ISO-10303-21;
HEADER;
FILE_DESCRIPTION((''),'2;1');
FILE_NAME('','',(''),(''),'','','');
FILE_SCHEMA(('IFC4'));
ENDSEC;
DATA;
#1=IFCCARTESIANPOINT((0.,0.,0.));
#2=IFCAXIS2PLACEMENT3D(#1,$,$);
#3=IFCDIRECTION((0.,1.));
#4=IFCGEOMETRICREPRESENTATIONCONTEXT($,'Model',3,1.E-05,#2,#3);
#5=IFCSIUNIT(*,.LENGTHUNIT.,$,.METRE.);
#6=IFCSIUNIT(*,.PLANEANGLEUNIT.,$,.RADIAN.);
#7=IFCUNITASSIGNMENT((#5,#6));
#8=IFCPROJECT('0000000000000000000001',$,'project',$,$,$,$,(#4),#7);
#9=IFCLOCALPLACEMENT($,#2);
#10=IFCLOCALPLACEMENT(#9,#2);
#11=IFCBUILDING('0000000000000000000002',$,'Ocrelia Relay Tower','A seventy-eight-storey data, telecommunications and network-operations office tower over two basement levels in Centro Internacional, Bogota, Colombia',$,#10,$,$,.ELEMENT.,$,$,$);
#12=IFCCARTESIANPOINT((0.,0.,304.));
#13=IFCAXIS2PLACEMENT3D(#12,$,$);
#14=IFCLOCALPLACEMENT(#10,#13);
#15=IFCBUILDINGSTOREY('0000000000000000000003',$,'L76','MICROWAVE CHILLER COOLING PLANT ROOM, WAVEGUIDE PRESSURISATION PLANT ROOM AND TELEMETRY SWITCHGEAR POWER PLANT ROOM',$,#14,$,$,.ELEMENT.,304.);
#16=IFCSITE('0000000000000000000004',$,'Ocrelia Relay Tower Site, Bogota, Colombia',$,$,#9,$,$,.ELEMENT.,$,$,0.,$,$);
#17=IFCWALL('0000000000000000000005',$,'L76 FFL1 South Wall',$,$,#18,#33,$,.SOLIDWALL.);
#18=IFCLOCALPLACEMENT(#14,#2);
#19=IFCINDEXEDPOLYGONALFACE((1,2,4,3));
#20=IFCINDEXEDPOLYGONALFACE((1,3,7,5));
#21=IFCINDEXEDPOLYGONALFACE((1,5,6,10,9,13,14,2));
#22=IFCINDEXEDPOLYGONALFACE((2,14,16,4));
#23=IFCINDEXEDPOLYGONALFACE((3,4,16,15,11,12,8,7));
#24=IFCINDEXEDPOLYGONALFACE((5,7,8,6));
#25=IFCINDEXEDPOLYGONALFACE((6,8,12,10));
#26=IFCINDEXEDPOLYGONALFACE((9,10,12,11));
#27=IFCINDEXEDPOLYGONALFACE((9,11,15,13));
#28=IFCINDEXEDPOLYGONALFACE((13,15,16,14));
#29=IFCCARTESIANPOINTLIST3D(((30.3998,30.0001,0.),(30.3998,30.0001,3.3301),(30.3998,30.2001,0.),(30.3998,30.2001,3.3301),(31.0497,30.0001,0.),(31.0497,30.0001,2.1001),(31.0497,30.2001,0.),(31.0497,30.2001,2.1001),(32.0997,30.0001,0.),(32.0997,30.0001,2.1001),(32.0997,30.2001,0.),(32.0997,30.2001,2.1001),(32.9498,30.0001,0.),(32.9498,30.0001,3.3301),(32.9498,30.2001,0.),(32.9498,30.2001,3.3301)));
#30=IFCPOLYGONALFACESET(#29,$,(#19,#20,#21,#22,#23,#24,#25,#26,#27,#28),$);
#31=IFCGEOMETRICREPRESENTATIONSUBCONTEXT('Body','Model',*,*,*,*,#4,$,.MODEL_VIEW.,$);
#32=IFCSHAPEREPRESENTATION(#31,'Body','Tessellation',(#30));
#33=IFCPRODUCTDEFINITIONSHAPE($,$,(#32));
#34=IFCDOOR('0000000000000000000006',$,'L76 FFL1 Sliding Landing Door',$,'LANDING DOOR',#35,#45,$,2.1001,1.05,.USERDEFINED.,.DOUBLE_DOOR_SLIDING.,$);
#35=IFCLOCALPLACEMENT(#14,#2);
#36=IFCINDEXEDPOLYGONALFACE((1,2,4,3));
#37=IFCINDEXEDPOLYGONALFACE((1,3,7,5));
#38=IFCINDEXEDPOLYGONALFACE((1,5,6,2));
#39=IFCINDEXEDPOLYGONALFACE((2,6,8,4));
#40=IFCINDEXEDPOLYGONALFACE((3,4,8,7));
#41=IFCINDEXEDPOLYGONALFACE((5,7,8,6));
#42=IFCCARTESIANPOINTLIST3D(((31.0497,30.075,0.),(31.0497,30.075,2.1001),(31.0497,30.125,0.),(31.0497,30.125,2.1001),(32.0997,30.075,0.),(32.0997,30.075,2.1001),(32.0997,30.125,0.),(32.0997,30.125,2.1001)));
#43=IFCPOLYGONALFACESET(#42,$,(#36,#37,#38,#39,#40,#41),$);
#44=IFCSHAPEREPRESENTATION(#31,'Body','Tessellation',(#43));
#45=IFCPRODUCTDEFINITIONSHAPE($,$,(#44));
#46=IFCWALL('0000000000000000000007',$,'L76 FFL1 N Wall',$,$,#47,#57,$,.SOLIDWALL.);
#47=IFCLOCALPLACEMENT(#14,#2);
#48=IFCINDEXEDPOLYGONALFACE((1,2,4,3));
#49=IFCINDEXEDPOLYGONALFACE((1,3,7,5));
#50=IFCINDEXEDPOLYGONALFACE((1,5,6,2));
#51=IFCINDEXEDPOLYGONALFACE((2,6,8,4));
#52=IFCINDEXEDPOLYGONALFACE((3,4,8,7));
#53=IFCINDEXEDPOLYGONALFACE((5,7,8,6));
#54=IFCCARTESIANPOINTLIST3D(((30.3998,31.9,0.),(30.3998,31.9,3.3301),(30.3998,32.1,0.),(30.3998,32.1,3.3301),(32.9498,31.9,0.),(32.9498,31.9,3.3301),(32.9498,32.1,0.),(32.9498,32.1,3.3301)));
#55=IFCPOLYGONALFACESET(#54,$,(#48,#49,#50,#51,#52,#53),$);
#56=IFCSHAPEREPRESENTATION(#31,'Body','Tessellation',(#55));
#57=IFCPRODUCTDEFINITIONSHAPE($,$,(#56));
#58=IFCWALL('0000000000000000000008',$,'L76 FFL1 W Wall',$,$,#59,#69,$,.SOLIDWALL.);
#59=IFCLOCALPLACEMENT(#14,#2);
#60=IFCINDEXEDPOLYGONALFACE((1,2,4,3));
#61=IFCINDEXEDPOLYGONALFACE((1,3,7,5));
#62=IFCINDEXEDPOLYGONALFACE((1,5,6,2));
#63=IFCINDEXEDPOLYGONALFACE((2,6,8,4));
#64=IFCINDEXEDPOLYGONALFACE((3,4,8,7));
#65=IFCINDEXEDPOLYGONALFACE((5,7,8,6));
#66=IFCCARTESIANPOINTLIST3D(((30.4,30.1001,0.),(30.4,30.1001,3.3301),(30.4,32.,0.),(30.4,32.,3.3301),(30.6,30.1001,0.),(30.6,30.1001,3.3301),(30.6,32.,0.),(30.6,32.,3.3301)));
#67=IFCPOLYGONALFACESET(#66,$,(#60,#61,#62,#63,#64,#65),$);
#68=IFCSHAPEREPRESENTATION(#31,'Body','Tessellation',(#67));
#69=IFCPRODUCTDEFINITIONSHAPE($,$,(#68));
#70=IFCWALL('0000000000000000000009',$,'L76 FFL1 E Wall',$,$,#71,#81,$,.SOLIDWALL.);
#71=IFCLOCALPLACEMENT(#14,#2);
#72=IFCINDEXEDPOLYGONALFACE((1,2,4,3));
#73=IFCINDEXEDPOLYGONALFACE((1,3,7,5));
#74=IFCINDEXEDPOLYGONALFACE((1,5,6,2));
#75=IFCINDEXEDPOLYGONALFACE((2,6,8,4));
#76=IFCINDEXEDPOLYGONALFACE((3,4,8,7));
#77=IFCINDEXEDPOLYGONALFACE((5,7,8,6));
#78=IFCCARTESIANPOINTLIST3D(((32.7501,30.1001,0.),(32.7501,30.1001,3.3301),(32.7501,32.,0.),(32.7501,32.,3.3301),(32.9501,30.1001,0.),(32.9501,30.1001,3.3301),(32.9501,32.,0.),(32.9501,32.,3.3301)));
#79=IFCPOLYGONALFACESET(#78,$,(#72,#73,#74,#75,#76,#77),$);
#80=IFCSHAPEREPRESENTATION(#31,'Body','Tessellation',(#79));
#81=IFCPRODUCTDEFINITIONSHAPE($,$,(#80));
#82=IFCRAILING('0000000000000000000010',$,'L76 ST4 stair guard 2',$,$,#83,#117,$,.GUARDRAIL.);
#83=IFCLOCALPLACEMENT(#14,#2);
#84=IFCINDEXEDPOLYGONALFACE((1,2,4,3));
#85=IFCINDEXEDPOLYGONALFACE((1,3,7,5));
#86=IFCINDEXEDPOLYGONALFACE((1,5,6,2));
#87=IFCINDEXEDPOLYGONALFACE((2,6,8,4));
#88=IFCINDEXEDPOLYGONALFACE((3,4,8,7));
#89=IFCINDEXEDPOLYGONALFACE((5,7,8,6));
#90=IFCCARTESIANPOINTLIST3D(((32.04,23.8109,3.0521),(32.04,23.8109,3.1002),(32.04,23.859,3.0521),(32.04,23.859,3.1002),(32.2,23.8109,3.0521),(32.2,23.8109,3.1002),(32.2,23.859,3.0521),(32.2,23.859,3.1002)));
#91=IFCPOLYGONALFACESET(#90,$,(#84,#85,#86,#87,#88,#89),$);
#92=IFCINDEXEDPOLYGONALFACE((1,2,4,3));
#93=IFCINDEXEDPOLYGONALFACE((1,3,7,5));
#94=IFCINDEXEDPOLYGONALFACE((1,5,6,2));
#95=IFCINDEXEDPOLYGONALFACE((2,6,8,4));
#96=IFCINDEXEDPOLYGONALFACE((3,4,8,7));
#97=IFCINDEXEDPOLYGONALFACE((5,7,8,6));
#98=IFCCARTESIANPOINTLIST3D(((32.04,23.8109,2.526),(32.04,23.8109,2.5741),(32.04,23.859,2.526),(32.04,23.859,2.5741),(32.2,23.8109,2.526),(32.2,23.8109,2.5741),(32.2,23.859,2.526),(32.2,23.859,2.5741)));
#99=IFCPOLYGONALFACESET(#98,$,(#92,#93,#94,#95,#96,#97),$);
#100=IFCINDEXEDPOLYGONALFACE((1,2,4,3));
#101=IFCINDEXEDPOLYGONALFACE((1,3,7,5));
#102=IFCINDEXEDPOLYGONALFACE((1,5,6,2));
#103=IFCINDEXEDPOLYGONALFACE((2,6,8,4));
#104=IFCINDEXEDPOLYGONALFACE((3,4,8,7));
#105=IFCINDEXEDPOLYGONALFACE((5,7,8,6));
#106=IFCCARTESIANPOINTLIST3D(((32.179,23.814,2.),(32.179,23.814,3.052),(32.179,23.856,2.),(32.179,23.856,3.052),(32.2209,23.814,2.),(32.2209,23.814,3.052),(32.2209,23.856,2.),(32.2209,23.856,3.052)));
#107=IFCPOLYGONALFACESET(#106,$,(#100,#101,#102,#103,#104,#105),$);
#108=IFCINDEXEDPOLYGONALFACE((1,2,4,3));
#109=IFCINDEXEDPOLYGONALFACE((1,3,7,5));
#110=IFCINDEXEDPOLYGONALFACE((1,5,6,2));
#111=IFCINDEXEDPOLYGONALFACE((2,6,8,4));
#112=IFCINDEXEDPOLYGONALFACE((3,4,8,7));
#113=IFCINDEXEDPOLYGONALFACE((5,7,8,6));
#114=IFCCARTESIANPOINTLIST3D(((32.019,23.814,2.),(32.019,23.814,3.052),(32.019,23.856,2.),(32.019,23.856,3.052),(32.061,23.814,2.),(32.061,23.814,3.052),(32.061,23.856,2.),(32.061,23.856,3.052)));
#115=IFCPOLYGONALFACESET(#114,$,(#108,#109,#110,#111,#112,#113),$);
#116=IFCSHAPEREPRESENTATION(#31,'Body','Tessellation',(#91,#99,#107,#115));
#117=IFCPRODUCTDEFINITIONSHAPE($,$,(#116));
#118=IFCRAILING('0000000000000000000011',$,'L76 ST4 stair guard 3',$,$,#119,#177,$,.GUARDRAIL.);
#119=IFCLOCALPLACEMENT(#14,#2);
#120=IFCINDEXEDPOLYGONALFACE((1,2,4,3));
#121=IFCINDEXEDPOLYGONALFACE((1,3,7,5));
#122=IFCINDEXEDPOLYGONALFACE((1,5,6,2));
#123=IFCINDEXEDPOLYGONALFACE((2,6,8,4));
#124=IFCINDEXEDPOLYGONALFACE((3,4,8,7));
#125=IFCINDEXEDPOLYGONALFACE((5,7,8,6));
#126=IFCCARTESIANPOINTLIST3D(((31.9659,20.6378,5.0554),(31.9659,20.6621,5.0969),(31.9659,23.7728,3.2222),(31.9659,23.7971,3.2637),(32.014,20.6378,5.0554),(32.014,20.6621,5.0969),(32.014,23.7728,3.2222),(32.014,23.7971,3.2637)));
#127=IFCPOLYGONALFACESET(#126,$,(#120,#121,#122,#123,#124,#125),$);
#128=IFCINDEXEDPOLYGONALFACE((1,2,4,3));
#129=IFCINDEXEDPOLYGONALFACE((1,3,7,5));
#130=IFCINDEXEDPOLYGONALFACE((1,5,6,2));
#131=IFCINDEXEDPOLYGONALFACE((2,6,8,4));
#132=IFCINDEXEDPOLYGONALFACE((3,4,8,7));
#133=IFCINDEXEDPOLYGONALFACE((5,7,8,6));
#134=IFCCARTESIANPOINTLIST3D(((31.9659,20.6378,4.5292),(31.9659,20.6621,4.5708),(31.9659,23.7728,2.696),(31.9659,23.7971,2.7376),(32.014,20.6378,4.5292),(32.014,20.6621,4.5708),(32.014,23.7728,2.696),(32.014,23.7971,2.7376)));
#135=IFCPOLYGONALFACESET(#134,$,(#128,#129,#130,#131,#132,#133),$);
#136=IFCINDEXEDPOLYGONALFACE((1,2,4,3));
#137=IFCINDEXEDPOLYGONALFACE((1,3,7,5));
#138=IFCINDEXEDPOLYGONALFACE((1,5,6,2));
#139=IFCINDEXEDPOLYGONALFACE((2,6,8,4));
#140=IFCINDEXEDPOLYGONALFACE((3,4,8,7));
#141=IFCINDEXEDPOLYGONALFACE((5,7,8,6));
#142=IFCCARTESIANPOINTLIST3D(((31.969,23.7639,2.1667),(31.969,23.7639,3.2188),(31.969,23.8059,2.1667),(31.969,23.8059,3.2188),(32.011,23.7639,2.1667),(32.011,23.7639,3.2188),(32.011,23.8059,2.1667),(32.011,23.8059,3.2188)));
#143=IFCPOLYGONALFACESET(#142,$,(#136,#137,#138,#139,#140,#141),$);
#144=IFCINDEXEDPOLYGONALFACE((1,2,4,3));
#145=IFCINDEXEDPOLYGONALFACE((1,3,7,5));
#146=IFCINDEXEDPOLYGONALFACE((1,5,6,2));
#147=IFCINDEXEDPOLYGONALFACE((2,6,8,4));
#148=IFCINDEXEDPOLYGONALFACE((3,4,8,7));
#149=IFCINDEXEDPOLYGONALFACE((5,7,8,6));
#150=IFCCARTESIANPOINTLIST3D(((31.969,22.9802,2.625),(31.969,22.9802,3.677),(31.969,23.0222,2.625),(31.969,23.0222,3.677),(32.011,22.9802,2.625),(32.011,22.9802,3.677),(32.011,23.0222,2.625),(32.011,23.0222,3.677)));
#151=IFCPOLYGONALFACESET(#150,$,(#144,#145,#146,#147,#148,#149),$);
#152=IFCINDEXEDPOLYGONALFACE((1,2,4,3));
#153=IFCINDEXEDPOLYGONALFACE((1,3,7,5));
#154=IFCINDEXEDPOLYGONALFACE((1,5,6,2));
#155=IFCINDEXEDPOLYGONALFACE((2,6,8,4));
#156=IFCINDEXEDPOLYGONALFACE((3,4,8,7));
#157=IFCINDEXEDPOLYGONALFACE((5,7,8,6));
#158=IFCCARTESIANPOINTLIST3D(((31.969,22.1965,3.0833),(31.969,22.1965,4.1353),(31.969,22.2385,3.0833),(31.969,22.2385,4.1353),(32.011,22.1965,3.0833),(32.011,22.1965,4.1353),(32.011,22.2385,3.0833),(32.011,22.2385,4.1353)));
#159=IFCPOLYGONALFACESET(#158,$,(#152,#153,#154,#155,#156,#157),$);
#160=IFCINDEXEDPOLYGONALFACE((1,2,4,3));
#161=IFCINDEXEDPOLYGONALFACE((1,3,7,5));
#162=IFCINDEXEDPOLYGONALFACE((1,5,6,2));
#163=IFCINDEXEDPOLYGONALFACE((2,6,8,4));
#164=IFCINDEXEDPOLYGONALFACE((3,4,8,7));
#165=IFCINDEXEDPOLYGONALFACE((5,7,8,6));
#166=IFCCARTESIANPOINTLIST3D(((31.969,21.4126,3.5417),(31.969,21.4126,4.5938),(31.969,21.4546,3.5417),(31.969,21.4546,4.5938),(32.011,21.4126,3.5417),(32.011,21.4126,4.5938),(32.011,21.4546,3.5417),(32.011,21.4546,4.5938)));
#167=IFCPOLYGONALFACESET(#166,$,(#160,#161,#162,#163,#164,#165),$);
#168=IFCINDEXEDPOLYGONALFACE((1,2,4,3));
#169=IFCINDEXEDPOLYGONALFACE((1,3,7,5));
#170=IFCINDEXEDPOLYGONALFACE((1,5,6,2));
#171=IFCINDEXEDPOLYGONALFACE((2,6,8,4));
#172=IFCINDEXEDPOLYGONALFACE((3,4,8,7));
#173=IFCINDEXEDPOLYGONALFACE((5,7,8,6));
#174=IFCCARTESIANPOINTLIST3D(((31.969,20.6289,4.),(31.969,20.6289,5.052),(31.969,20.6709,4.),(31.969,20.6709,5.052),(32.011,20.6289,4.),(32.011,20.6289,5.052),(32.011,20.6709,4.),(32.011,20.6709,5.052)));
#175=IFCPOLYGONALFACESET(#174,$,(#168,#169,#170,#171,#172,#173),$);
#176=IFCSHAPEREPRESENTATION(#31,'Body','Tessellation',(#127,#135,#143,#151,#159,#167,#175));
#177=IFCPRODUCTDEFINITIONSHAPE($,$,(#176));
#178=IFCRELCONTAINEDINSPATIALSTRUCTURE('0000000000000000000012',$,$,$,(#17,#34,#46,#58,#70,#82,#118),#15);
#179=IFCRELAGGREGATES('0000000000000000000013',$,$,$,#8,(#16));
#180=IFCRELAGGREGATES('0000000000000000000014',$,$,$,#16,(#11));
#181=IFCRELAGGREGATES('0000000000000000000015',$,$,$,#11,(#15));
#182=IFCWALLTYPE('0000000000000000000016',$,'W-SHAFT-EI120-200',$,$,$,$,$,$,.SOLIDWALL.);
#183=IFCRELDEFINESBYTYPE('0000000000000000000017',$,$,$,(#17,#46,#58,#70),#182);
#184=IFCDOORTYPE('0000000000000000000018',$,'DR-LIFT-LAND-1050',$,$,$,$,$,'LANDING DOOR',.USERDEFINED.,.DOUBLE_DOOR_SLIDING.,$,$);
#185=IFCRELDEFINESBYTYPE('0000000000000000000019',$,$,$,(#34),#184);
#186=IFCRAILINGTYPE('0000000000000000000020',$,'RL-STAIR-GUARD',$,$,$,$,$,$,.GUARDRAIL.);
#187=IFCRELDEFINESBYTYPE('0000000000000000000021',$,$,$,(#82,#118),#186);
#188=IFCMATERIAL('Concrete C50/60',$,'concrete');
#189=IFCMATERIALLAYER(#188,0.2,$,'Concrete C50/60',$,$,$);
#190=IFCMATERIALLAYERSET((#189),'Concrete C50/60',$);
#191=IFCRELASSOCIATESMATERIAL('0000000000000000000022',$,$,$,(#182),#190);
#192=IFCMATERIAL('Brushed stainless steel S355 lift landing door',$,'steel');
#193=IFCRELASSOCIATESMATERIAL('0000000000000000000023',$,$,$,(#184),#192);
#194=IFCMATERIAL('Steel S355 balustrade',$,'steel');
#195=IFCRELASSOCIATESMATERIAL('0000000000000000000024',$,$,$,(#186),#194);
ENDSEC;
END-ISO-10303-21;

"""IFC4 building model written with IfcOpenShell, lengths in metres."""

from ifc_helpers import new_model, si_unit, direction, frame, frame_2d, origin, origin_2d, place, context, subcontext, project, spatial, rectangle, extrude, material, layer, layer_set, type_object, element, fill, save


model = new_model("IFC4")

# Units and contexts
model_context = context("Model", 3, precision=1e-05, world=origin(), true_north=direction((0.0, 1.0)))
body_context = subcontext(model_context, "Body", "Model", "MODEL_VIEW")
ifc_project = project(units=[si_unit("LENGTHUNIT", "METRE"), si_unit("PLANEANGLEUNIT", "RADIAN")], contexts=[model_context])

# Site, building, storey
site_placement = place(None, origin())
site = spatial("IfcSite", under=ifc_project, at=site_placement, Name="Ocrelia Relay Tower Site, Bogota, Colombia", CompositionType="ELEMENT", RefElevation=0.0)
building_placement = place(site_placement, origin())
building = spatial("IfcBuilding", under=site, at=building_placement, Name="Ocrelia Relay Tower", Description="A seventy-eight-storey data, telecommunications and network-operations office tower over two basement levels in Centro Internacional, Bogota, Colombia", CompositionType="ELEMENT")
storey_placement = place(building_placement, frame((0.0, 0.0, 304.0)))
storey = spatial("IfcBuildingStorey", under=building, at=storey_placement, Name="L76", Description="MICROWAVE CHILLER COOLING PLANT ROOM, WAVEGUIDE PRESSURISATION PLANT ROOM AND TELEMETRY SWITCHGEAR POWER PLANT ROOM", CompositionType="ELEMENT", Elevation=304.0)

# Shared definitions
ifc_material_1 = material(Name="Concrete C50/60", Category="concrete")

# Wall, opening, door
ifc_layer_1 = layer(ifc_material_1, 0.2, Name="Concrete C50/60")
ifc_layer_set_1 = layer_set([ifc_layer_1], Name="Concrete C50/60")
wall_type_1 = type_object("IfcWallType", Name="W-SHAFT-EI120-200", PredefinedType="SOLIDWALL", material=ifc_layer_set_1)
wall_1_placement = place(storey_placement, frame((30.3999, 30.1001, 0.0), z_axis=(0.0, 0.0, 1.0), x_axis=(1.0, 0.0, 0.0)))
wall_1 = element("IfcWall", 1, at=wall_1_placement, inside=storey, type_object=wall_type_1, Name="L76 FFL1 South Wall", PredefinedType="SOLIDWALL", context=body_context, shape_type="SweptSolid", body=[
    extrude(rectangle(XDim=2.55, YDim=0.2, at=frame_2d((1.2749, 0.0))), origin(), (0.0, 0.0, 1.0), 3.3301),
])
opening_placement = place(wall_1_placement, frame((0.6499, 0.0, 0.0)))
opening = element("IfcOpeningElement", 2, at=opening_placement, cuts=wall_1, PredefinedType="OPENING", context=body_context, shape_type="SweptSolid", body=[
    extrude(rectangle(XDim=1.05, YDim=2.1001, at=frame_2d((0.5249, 1.05))), frame((0.0, 0.1099, 0.0), z_axis=(0.0, -1.0, 0.0), x_axis=(1.0, 0.0, 0.0)), (0.0, 0.0, 1.0), 0.22),
])
ifc_material_2 = material(Name="Brushed stainless steel S355 lift landing door", Category="steel")
door_type = type_object("IfcDoorType", Name="DR-LIFT-LAND-1050", ElementType="LANDING DOOR", OperationType="DOUBLE_DOOR_SLIDING", PredefinedType="USERDEFINED", material=ifc_material_2)
door_placement = place(opening_placement, origin())
door = element("IfcDoor", 3, at=door_placement, inside=storey, type_object=door_type, Name="L76 FFL1 Sliding Landing Door", ObjectType="LANDING DOOR", OperationType="DOUBLE_DOOR_SLIDING", OverallHeight=2.1001, OverallWidth=1.05, PredefinedType="USERDEFINED", context=body_context, shape_type="SweptSolid", body=[
    extrude(rectangle(XDim=1.05, YDim=2.1001, at=frame_2d((0.5249, 1.05))), frame((0.0, 0.0249, 0.0), z_axis=(0.0, -1.0, 0.0), x_axis=(1.0, 0.0, 0.0)), (0.0, 0.0, 1.0), 0.05),
])
fill(opening, door)

# Walls
wall_2_placement = place(storey_placement, frame((30.3999, 32.0, 0.0), z_axis=(0.0, 0.0, 1.0), x_axis=(1.0, 0.0, 0.0)))
element("IfcWall", 4, at=wall_2_placement, inside=storey, type_object=wall_type_1, Name="L76 FFL1 N Wall", PredefinedType="SOLIDWALL", context=body_context, shape_type="SweptSolid", body=[
    extrude(rectangle(XDim=2.55, YDim=0.2, at=frame_2d((1.2749, 0.0))), origin(), (0.0, 0.0, 1.0), 3.3301),
])
for number, where, z_axis, x_axis, name in (
    (5, (30.5, 30.1001, 0.0), (0.0, 0.0, 1.0), (0.0, 1.0, 0.0), "L76 FFL1 W Wall"),
    (6, (32.8501, 30.1001, 0.0), (0.0, 0.0, 1.0), (0.0, 1.0, 0.0), "L76 FFL1 E Wall"),
):
    element("IfcWall", number, at=place(storey_placement, frame(where, z_axis=z_axis, x_axis=x_axis)), inside=storey, type_object=wall_type_1, Name=name, PredefinedType="SOLIDWALL", context=body_context, shape_type="SweptSolid", body=[
        extrude(rectangle(XDim=1.8999, YDim=0.2, at=frame_2d((0.95, 0.0))), origin(), (0.0, 0.0, 1.0), 3.3301),
    ])

# Railings
ifc_material_3 = material(Name="Steel S355 balustrade", Category="steel")
railing_type = type_object("IfcRailingType", Name="RL-STAIR-GUARD", PredefinedType="GUARDRAIL", material=ifc_material_3)
railing_1_placement = place(storey_placement, frame((32.2, 23.835, 2.0)))
element("IfcRailing", 7, at=railing_1_placement, inside=storey, type_object=railing_type, Name="L76 ST4 stair guard 2", PredefinedType="GUARDRAIL", context=body_context, shape_type="SweptSolid", body=[
    extrude(rectangle(XDim=0.0481, YDim=0.0481, at=origin_2d()), frame((0.0, 0.0, 1.0762), z_axis=(-1.0, 0.0, 0.0), x_axis=(0.0, -1.0, 0.0)), (0.0, 0.0, 1.0), 0.1599),
    extrude(rectangle(XDim=0.0481, YDim=0.0481, at=origin_2d()), frame((0.0, 0.0, 0.55), z_axis=(-1.0, 0.0, 0.0), x_axis=(0.0, -1.0, 0.0)), (0.0, 0.0, 1.0), 0.1599),
    extrude(rectangle(XDim=0.042, YDim=0.042, at=origin_2d()), origin(), (0.0, 0.0, 1.0), 1.052),
    extrude(rectangle(XDim=0.042, YDim=0.042, at=origin_2d()), frame((-0.1599, 0.0, 0.0)), (0.0, 0.0, 1.0), 1.052),
])
railing_2_placement = place(storey_placement, frame((31.99, 23.7849, 2.1667)))
element("IfcRailing", 8, at=railing_2_placement, inside=storey, type_object=railing_type, Name="L76 ST4 stair guard 3", PredefinedType="GUARDRAIL", context=body_context, shape_type="SweptSolid", body=[
    extrude(rectangle(XDim=0.0481, YDim=0.0481, at=origin_2d()), frame((0.0, 0.0, 1.0762), z_axis=(0.0, -0.86324, 0.504794), x_axis=(1.0, 0.0, 0.0)), (0.0, 0.0, 1.0), 3.6316),
    extrude(rectangle(XDim=0.0481, YDim=0.0481, at=origin_2d()), frame((0.0, 0.0, 0.55), z_axis=(0.0, -0.86324, 0.504794), x_axis=(1.0, 0.0, 0.0)), (0.0, 0.0, 1.0), 3.6316),
    extrude(rectangle(XDim=0.042, YDim=0.042, at=origin_2d()), origin(), (0.0, 0.0, 1.0), 1.052),
    extrude(rectangle(XDim=0.042, YDim=0.042, at=origin_2d()), frame((0.0, -0.7837, 0.4583)), (0.0, 0.0, 1.0), 1.052),
    extrude(rectangle(XDim=0.042, YDim=0.042, at=origin_2d()), frame((0.0, -1.5674, 0.9165)), (0.0, 0.0, 1.0), 1.052),
    extrude(rectangle(XDim=0.042, YDim=0.042, at=origin_2d()), frame((0.0, -2.3513, 1.375)), (0.0, 0.0, 1.0), 1.052),
    extrude(rectangle(XDim=0.042, YDim=0.042, at=origin_2d()), frame((0.0, -3.135, 1.8333)), (0.0, 0.0, 1.0), 1.052),
])

save(model, "model.ifc")
